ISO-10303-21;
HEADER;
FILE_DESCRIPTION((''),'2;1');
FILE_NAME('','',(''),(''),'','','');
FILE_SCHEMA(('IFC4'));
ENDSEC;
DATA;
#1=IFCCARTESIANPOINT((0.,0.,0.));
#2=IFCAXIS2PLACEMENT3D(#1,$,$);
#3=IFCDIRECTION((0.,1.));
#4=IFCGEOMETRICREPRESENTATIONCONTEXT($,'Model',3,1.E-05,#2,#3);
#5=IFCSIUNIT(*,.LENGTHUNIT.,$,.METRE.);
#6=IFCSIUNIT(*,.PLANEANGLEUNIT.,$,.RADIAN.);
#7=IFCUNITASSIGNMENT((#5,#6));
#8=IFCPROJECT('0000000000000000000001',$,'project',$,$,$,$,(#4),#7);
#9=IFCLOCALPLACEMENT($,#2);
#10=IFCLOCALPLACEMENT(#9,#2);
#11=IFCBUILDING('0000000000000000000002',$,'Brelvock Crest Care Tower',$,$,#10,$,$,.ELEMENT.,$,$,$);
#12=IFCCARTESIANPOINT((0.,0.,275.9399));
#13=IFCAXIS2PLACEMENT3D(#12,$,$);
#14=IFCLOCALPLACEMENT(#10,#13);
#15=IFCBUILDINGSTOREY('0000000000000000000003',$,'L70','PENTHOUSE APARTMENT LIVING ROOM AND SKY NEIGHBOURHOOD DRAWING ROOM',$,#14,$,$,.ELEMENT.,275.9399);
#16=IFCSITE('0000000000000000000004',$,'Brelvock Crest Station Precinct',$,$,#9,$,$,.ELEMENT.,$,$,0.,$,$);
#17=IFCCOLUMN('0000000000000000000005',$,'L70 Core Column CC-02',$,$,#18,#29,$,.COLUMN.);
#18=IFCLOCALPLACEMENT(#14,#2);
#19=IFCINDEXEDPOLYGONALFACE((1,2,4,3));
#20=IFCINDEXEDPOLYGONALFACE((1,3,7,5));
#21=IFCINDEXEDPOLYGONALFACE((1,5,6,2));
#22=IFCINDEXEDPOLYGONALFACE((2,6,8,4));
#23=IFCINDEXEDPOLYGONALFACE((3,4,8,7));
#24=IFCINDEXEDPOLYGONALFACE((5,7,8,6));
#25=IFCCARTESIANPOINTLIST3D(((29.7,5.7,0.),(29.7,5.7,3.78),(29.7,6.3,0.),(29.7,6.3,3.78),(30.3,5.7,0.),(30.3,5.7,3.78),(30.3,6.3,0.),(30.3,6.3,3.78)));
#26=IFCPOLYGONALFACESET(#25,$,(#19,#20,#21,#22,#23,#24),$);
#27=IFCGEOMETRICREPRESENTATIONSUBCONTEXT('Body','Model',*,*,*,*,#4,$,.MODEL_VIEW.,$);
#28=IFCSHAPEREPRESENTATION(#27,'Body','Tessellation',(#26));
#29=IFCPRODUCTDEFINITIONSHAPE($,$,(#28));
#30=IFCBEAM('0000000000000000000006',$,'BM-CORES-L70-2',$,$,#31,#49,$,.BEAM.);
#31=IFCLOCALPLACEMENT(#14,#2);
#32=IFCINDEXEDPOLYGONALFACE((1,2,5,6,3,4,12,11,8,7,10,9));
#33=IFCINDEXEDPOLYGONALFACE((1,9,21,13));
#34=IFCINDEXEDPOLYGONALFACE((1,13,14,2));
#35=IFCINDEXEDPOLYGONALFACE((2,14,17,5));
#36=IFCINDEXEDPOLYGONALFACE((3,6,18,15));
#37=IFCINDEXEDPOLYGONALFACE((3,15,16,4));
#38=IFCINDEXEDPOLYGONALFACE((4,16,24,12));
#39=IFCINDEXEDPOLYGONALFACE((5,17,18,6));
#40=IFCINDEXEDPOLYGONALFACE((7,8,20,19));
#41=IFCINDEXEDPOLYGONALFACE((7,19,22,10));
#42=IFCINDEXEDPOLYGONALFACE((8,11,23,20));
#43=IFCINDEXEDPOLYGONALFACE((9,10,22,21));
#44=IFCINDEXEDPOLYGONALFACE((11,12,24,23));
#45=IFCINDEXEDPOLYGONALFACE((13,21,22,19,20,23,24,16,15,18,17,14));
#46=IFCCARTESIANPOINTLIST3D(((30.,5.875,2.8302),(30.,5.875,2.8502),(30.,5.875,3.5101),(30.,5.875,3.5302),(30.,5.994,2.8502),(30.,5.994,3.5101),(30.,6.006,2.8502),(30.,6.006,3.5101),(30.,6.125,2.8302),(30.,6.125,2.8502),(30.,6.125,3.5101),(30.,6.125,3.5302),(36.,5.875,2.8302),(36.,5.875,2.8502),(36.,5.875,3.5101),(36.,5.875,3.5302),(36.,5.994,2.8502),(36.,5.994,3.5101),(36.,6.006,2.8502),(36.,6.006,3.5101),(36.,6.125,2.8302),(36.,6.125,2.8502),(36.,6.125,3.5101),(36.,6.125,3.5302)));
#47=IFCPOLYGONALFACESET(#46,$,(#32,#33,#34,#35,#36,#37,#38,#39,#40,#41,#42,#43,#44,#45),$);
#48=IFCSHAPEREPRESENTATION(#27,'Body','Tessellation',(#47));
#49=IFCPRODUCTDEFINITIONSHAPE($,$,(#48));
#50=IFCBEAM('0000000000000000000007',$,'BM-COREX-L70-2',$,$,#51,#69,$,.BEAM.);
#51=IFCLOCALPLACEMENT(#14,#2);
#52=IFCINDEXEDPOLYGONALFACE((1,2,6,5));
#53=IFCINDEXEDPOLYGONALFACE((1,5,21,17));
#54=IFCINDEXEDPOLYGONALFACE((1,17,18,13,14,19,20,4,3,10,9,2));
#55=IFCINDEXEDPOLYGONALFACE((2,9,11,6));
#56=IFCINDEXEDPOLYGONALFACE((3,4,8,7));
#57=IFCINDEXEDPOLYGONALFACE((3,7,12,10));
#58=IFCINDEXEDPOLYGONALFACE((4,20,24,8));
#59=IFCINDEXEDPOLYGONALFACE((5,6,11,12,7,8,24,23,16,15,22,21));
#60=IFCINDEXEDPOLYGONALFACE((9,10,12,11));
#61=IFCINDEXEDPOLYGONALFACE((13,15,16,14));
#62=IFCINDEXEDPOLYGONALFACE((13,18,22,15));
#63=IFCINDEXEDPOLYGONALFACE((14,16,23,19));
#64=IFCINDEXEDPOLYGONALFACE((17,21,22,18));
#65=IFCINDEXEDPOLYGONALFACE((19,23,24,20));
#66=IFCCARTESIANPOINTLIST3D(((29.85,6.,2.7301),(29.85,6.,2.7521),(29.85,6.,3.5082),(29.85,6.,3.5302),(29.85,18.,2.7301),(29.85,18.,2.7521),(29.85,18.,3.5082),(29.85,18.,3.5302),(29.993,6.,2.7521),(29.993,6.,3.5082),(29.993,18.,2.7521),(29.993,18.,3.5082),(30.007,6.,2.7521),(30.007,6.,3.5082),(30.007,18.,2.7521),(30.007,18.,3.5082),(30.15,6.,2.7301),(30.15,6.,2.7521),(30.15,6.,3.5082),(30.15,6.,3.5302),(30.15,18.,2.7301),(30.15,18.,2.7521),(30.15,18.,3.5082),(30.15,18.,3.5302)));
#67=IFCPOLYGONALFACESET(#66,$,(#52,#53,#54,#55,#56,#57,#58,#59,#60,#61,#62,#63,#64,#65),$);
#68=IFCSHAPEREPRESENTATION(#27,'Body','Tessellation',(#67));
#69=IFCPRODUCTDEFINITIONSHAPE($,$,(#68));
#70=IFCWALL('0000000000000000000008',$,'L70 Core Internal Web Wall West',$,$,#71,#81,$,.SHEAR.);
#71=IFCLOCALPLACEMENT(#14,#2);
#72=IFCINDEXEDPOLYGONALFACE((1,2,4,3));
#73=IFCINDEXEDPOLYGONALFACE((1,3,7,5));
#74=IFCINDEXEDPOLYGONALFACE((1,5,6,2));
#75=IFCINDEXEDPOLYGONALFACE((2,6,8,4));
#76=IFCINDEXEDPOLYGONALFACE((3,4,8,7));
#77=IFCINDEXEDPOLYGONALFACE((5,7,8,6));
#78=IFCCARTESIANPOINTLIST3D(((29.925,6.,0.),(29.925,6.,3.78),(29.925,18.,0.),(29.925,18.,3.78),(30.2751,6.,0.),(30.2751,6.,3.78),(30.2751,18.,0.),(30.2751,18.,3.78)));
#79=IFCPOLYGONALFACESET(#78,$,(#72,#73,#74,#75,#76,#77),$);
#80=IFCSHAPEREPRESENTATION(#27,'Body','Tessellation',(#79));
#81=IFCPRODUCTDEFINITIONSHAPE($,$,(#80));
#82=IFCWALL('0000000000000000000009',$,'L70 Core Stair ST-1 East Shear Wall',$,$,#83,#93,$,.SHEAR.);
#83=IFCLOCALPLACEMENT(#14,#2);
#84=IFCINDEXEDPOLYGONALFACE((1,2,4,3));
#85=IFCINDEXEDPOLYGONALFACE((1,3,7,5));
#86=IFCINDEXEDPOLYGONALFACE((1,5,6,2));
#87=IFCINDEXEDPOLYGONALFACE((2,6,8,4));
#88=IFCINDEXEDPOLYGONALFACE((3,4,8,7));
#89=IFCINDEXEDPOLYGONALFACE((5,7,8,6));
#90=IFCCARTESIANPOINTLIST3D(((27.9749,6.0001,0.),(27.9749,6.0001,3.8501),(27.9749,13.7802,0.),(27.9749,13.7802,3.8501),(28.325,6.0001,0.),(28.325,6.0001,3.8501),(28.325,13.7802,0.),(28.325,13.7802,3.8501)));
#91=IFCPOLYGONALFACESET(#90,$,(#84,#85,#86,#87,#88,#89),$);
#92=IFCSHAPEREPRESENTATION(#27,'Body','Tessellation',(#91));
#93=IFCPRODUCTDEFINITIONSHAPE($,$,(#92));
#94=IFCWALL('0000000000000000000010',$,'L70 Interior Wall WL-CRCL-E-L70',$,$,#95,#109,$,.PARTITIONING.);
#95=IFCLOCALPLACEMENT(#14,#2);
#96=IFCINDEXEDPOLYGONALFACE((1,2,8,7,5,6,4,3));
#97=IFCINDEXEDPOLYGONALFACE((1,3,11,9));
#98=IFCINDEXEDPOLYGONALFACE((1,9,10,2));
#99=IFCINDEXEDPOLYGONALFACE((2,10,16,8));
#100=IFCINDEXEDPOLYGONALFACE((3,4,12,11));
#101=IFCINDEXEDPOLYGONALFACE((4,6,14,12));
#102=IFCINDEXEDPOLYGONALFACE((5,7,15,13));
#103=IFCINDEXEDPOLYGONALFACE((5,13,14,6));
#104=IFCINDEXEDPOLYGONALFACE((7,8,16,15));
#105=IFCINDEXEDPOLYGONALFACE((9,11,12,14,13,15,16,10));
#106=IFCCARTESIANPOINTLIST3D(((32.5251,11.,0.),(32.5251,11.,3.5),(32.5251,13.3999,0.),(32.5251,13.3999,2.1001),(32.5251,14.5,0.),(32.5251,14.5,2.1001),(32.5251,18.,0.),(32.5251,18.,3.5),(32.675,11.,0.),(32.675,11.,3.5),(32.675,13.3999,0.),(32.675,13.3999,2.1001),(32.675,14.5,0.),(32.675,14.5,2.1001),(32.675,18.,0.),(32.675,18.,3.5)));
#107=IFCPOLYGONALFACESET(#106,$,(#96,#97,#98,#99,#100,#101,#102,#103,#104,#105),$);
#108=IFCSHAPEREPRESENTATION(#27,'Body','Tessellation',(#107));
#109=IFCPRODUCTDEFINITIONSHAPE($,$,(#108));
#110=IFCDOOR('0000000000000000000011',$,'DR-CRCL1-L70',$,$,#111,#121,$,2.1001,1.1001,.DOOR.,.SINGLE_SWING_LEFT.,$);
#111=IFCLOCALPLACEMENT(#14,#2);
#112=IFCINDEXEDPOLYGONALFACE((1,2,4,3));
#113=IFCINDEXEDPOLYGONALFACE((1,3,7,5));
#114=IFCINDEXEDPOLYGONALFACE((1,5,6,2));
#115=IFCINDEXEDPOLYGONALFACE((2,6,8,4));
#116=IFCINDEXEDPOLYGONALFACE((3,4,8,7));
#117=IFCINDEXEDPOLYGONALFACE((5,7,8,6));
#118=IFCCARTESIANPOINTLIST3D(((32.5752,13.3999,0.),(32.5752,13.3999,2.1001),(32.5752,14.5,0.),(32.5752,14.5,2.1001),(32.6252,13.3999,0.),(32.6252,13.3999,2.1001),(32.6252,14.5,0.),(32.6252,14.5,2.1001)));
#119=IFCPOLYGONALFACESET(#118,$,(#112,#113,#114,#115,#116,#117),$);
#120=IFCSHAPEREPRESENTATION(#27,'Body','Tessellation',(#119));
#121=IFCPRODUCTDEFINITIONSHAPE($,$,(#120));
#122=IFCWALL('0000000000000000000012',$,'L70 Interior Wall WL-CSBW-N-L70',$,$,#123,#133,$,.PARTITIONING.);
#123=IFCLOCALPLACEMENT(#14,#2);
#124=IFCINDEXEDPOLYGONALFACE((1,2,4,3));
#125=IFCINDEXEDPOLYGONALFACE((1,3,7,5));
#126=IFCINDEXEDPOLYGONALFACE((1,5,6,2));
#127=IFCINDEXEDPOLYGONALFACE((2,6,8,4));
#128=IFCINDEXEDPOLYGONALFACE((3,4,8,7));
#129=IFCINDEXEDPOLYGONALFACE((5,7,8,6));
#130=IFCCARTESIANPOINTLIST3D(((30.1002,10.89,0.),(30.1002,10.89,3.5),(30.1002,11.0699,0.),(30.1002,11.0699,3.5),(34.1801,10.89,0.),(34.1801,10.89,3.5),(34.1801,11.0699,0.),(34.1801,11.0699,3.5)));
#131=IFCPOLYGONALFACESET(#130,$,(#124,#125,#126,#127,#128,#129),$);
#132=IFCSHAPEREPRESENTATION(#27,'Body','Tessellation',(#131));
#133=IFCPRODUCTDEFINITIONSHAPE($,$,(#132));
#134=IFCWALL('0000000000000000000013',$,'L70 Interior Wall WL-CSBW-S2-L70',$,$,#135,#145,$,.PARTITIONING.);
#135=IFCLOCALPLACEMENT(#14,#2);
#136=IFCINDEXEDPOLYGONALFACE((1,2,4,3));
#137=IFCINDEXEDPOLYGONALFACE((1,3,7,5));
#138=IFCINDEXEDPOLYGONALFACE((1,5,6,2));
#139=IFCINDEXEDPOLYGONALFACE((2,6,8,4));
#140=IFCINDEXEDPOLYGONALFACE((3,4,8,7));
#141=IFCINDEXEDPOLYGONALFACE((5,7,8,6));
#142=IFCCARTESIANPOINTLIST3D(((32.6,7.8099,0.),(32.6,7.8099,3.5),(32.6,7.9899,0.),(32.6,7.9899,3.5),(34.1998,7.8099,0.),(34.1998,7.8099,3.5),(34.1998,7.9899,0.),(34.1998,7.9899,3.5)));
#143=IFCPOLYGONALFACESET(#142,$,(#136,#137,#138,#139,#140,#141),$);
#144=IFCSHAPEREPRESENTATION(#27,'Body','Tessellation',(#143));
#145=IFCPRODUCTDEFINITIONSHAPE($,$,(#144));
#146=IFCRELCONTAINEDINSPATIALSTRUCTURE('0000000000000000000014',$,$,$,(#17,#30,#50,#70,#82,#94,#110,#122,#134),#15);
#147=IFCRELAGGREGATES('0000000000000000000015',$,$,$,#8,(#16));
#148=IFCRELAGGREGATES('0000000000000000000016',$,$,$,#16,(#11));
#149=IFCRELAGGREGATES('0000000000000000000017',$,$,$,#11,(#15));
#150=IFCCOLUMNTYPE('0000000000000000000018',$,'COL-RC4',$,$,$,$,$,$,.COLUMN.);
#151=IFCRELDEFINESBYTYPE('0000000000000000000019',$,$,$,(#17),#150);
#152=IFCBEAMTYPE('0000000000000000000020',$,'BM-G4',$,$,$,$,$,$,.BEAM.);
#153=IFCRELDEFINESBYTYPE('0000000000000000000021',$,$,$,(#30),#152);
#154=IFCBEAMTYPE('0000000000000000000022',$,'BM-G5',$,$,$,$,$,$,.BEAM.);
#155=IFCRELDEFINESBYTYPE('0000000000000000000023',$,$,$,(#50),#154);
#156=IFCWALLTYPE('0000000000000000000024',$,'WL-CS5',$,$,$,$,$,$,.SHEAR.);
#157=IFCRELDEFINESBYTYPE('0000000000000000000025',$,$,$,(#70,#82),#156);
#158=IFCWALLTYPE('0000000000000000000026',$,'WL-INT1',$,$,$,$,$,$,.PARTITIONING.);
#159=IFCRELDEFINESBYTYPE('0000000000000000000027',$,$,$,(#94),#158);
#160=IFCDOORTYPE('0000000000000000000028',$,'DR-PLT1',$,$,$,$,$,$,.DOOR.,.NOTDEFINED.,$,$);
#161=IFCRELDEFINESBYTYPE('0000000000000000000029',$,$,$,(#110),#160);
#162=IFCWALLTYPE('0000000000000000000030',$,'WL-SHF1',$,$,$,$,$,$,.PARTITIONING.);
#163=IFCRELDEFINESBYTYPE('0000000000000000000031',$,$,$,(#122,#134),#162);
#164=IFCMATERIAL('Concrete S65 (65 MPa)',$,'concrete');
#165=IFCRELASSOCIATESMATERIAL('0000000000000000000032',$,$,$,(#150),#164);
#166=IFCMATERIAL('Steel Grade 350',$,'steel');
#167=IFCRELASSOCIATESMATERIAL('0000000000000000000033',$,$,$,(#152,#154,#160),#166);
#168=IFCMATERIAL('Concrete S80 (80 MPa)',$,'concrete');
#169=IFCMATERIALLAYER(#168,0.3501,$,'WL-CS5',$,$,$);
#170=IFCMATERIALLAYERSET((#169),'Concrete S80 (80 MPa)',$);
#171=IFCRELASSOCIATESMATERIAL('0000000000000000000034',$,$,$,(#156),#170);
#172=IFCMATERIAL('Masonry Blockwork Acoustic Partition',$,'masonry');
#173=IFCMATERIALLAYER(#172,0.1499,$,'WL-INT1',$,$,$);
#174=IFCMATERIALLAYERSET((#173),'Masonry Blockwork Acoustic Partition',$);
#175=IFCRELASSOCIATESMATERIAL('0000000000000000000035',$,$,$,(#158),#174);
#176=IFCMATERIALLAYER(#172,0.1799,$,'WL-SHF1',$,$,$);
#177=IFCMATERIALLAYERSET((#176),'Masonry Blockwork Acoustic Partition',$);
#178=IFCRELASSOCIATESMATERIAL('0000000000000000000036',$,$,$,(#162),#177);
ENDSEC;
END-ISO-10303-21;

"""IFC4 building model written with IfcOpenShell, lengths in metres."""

from ifc_helpers import new_model, si_unit, direction, frame, frame_2d, origin, origin_2d, place, context, subcontext, project, spatial, rectangle, i_section, extrude, source, transform, mapped, material, layer, layer_set, material_profile, profile_set, type_object, element, fill, save


model = new_model("IFC4")

# Units and contexts
model_context = context("Model", 3, precision=1e-05, world=origin(), true_north=direction((0.0, 1.0)))
body_context = subcontext(model_context, "Body", "Model", "MODEL_VIEW")
ifc_project = project(units=[si_unit("LENGTHUNIT", "METRE"), si_unit("PLANEANGLEUNIT", "RADIAN")], contexts=[model_context])

# Site, building, storey
site_placement = place(None, origin())
site = spatial("IfcSite", under=ifc_project, at=site_placement, Name="Brelvock Crest Station Precinct", CompositionType="ELEMENT", RefElevation=0.0)
building_placement = place(site_placement, origin())
building = spatial("IfcBuilding", under=site, at=building_placement, Name="Brelvock Crest Care Tower", CompositionType="ELEMENT")
storey_placement = place(building_placement, frame((0.0, 0.0, 275.9399)))
storey = spatial("IfcBuildingStorey", under=building, at=storey_placement, Name="L70", Description="PENTHOUSE APARTMENT LIVING ROOM AND SKY NEIGHBOURHOOD DRAWING ROOM", CompositionType="ELEMENT", Elevation=275.9399)

# Column
ifc_material_1 = material(Name="Concrete S65 (65 MPa)", Category="concrete")
ifc_material_profile_1 = material_profile(ifc_material_1, rectangle(XDim=0.6001, YDim=0.6001, at=origin_2d()), Name="RC600x600")
ifc_profile_set_1 = profile_set([ifc_material_profile_1], Name="Concrete S65 (65 MPa)")
column_type = type_object("IfcColumnType", Name="COL-RC4", PredefinedType="COLUMN", material=ifc_profile_set_1)
shared_shape_1 = source(origin(), body_context, "Body", "SweptSolid", [
    extrude(rectangle(XDim=0.6001, YDim=0.6001, at=origin_2d()), origin(), (0.0, 0.0, 1.0), 3.78),
])
column_placement = place(storey_placement, frame((30.0, 6.0, 0.0), z_axis=(0.0, 0.0, 1.0), x_axis=(1.0, 0.0, 0.0)))
element("IfcColumn", 1, at=column_placement, inside=storey, type_object=column_type, Name="L70 Core Column CC-02", PredefinedType="COLUMN", context=body_context, shape_type="MappedRepresentation", body=[
    mapped(shared_shape_1, transform((0.0, 0.0, 0.0), x_axis=(1.0, 0.0, 0.0), y_axis=(0.0, 1.0, 0.0), z_axis=(0.0, 0.0, 1.0), scale=1.0)),
])

# Beams
ifc_material_2 = material(Name="Steel Grade 350", Category="steel")
ifc_material_profile_2 = material_profile(ifc_material_2, i_section(OverallWidth=0.25, OverallDepth=0.7, WebThickness=0.012, FlangeThickness=0.02, at=origin_2d()), Name="700WB150")
ifc_profile_set_2 = profile_set([ifc_material_profile_2], Name="Steel Grade 350")
beam_type_1 = type_object("IfcBeamType", Name="BM-G4", PredefinedType="BEAM", material=ifc_profile_set_2)
shared_shape_2 = source(origin(), body_context, "Body", "SweptSolid", [
    extrude(i_section(OverallWidth=0.25, OverallDepth=0.7, WebThickness=0.012, FlangeThickness=0.02, at=origin_2d()), origin(), (0.0, 0.0, 1.0), 6.0),
])
beam_1_placement = place(storey_placement, frame((30.0, 6.0, 3.1802), z_axis=(1.0, 0.0, 0.0), x_axis=(0.0, 1.0, 0.0)))
element("IfcBeam", 2, at=beam_1_placement, inside=storey, type_object=beam_type_1, Name="BM-CORES-L70-2", PredefinedType="BEAM", context=body_context, shape_type="MappedRepresentation", body=[
    mapped(shared_shape_2, transform((0.0, 0.0, 0.0), x_axis=(1.0, 0.0, 0.0), y_axis=(0.0, 1.0, 0.0), z_axis=(0.0, 0.0, 1.0), scale=1.0)),
])
ifc_material_profile_3 = material_profile(ifc_material_2, i_section(OverallWidth=0.3, OverallDepth=0.8, WebThickness=0.0139, FlangeThickness=0.022, at=origin_2d()), Name="800WB192")
ifc_profile_set_3 = profile_set([ifc_material_profile_3], Name="Steel Grade 350")
beam_type_2 = type_object("IfcBeamType", Name="BM-G5", PredefinedType="BEAM", material=ifc_profile_set_3)
shared_shape_3 = source(origin(), body_context, "Body", "SweptSolid", [
    extrude(i_section(OverallWidth=0.3, OverallDepth=0.8, WebThickness=0.0139, FlangeThickness=0.022, at=origin_2d()), origin(), (0.0, 0.0, 1.0), 12.0),
])
beam_2_placement = place(storey_placement, frame((30.0, 6.0, 3.1301), z_axis=(0.0, 1.0, 0.0), x_axis=(-1.0, 0.0, 0.0)))
element("IfcBeam", 3, at=beam_2_placement, inside=storey, type_object=beam_type_2, Name="BM-COREX-L70-2", PredefinedType="BEAM", context=body_context, shape_type="MappedRepresentation", body=[
    mapped(shared_shape_3, transform((0.0, 0.0, 0.0), x_axis=(1.0, 0.0, 0.0), y_axis=(0.0, 1.0, 0.0), z_axis=(0.0, 0.0, 1.0), scale=1.0)),
])

# Walls
ifc_material_3 = material(Name="Concrete S80 (80 MPa)", Category="concrete")
ifc_layer_1 = layer(ifc_material_3, 0.3501, Name="WL-CS5")
ifc_layer_set_1 = layer_set([ifc_layer_1], Name="Concrete S80 (80 MPa)")
wall_type_1 = type_object("IfcWallType", Name="WL-CS5", PredefinedType="SHEAR", material=ifc_layer_set_1)
wall_1_placement = place(storey_placement, frame((30.1001, 6.0, 0.0), z_axis=(0.0, 0.0, 1.0), x_axis=(0.0, 1.0, 0.0)))
element("IfcWall", 4, at=wall_1_placement, inside=storey, type_object=wall_type_1, Name="L70 Core Internal Web Wall West", PredefinedType="SHEAR", context=body_context, shape_type="SweptSolid", body=[
    extrude(rectangle(XDim=12.0, YDim=0.3501, at=frame_2d((6.0, 0.0))), origin(), (0.0, 0.0, 1.0), 3.78),
])
wall_2_placement = place(storey_placement, frame((28.1499, 6.0, 0.0), z_axis=(0.0, 0.0, 1.0), x_axis=(0.0, 1.0, 0.0)))
element("IfcWall", 5, at=wall_2_placement, inside=storey, type_object=wall_type_1, Name="L70 Core Stair ST-1 East Shear Wall", PredefinedType="SHEAR", context=body_context, shape_type="SweptSolid", body=[
    extrude(rectangle(XDim=7.78, YDim=0.3501, at=frame_2d((3.8901, 0.0))), origin(), (0.0, 0.0, 1.0), 3.8501),
])

# Wall, opening, door
ifc_material_4 = material(Name="Masonry Blockwork Acoustic Partition", Category="masonry")
ifc_layer_2 = layer(ifc_material_4, 0.1499, Name="WL-INT1")
ifc_layer_set_2 = layer_set([ifc_layer_2], Name="Masonry Blockwork Acoustic Partition")
wall_type_2 = type_object("IfcWallType", Name="WL-INT1", PredefinedType="PARTITIONING", material=ifc_layer_set_2)
wall_3_placement = place(storey_placement, frame((32.6001, 11.0, 0.0), z_axis=(0.0, 0.0, 1.0), x_axis=(0.0, 1.0, 0.0)))
wall_3 = element("IfcWall", 6, at=wall_3_placement, inside=storey, type_object=wall_type_2, Name="L70 Interior Wall WL-CRCL-E-L70", PredefinedType="PARTITIONING", context=body_context, shape_type="SweptSolid", body=[
    extrude(rectangle(XDim=7.0, YDim=0.1499, at=frame_2d((3.5, 0.0))), origin(), (0.0, 0.0, 1.0), 3.5),
])
opening_1_placement = place(wall_3_placement, frame((2.3999, 0.0, 0.0)))
opening_1 = element("IfcOpeningElement", 7, at=opening_1_placement, cuts=wall_3, PredefinedType="OPENING", context=body_context, shape_type="SweptSolid", body=[
    extrude(rectangle(XDim=1.1001, YDim=2.1001, at=origin_2d()), frame((0.55, 0.085, 1.05), z_axis=(0.0, -1.0, 0.0), x_axis=(1.0, 0.0, 0.0)), (0.0, 0.0, 1.0), 0.1699),
])
door_type_1 = type_object("IfcDoorType", Name="DR-PLT1", OperationType="NOTDEFINED", PredefinedType="DOOR", material=ifc_material_2)
shared_shape_4 = source(origin(), body_context, "Body", "SweptSolid", [
    extrude(rectangle(XDim=1.1001, YDim=2.1001, at=origin_2d()), frame((0.55, 0.0249, 1.05), z_axis=(0.0, -1.0, 0.0), x_axis=(1.0, 0.0, 0.0)), (0.0, 0.0, 1.0), 0.05),
])
door_1_placement = place(opening_1_placement, origin())
door_1 = element("IfcDoor", 8, at=door_1_placement, inside=storey, type_object=door_type_1, Name="DR-CRCL1-L70", OperationType="SINGLE_SWING_LEFT", OverallHeight=2.1001, OverallWidth=1.1001, PredefinedType="DOOR", context=body_context, shape_type="MappedRepresentation", body=[
    mapped(shared_shape_4, transform((0.0, 0.0, 0.0), x_axis=(1.0, 0.0, 0.0), y_axis=(0.0, 1.0, 0.0), z_axis=(0.0, 0.0, 1.0), scale=1.0)),
])
fill(opening_1, door_1)

# Walls
ifc_layer_3 = layer(ifc_material_4, 0.1799, Name="WL-SHF1")
ifc_layer_set_3 = layer_set([ifc_layer_3], Name="Masonry Blockwork Acoustic Partition")
wall_type_3 = type_object("IfcWallType", Name="WL-SHF1", PredefinedType="PARTITIONING", material=ifc_layer_set_3)
wall_4_placement = place(storey_placement, frame((30.1001, 10.98, 0.0), z_axis=(0.0, 0.0, 1.0), x_axis=(1.0, 0.0, 0.0)))
element("IfcWall", 9, at=wall_4_placement, inside=storey, type_object=wall_type_3, Name="L70 Interior Wall WL-CSBW-N-L70", PredefinedType="PARTITIONING", context=body_context, shape_type="SweptSolid", body=[
    extrude(rectangle(XDim=4.0798, YDim=0.1799, at=frame_2d((2.04, 0.0))), origin(), (0.0, 0.0, 1.0), 3.5),
])
wall_5_placement = place(storey_placement, frame((32.6001, 7.8999, 0.0), z_axis=(0.0, 0.0, 1.0), x_axis=(1.0, 0.0, 0.0)))
element("IfcWall", 10, at=wall_5_placement, inside=storey, type_object=wall_type_3, Name="L70 Interior Wall WL-CSBW-S2-L70", PredefinedType="PARTITIONING", context=body_context, shape_type="SweptSolid", body=[
    extrude(rectangle(XDim=1.5999, YDim=0.1799, at=frame_2d((0.7998, 0.0))), origin(), (0.0, 0.0, 1.0), 3.5),
])

save(model, "model.ifc")
